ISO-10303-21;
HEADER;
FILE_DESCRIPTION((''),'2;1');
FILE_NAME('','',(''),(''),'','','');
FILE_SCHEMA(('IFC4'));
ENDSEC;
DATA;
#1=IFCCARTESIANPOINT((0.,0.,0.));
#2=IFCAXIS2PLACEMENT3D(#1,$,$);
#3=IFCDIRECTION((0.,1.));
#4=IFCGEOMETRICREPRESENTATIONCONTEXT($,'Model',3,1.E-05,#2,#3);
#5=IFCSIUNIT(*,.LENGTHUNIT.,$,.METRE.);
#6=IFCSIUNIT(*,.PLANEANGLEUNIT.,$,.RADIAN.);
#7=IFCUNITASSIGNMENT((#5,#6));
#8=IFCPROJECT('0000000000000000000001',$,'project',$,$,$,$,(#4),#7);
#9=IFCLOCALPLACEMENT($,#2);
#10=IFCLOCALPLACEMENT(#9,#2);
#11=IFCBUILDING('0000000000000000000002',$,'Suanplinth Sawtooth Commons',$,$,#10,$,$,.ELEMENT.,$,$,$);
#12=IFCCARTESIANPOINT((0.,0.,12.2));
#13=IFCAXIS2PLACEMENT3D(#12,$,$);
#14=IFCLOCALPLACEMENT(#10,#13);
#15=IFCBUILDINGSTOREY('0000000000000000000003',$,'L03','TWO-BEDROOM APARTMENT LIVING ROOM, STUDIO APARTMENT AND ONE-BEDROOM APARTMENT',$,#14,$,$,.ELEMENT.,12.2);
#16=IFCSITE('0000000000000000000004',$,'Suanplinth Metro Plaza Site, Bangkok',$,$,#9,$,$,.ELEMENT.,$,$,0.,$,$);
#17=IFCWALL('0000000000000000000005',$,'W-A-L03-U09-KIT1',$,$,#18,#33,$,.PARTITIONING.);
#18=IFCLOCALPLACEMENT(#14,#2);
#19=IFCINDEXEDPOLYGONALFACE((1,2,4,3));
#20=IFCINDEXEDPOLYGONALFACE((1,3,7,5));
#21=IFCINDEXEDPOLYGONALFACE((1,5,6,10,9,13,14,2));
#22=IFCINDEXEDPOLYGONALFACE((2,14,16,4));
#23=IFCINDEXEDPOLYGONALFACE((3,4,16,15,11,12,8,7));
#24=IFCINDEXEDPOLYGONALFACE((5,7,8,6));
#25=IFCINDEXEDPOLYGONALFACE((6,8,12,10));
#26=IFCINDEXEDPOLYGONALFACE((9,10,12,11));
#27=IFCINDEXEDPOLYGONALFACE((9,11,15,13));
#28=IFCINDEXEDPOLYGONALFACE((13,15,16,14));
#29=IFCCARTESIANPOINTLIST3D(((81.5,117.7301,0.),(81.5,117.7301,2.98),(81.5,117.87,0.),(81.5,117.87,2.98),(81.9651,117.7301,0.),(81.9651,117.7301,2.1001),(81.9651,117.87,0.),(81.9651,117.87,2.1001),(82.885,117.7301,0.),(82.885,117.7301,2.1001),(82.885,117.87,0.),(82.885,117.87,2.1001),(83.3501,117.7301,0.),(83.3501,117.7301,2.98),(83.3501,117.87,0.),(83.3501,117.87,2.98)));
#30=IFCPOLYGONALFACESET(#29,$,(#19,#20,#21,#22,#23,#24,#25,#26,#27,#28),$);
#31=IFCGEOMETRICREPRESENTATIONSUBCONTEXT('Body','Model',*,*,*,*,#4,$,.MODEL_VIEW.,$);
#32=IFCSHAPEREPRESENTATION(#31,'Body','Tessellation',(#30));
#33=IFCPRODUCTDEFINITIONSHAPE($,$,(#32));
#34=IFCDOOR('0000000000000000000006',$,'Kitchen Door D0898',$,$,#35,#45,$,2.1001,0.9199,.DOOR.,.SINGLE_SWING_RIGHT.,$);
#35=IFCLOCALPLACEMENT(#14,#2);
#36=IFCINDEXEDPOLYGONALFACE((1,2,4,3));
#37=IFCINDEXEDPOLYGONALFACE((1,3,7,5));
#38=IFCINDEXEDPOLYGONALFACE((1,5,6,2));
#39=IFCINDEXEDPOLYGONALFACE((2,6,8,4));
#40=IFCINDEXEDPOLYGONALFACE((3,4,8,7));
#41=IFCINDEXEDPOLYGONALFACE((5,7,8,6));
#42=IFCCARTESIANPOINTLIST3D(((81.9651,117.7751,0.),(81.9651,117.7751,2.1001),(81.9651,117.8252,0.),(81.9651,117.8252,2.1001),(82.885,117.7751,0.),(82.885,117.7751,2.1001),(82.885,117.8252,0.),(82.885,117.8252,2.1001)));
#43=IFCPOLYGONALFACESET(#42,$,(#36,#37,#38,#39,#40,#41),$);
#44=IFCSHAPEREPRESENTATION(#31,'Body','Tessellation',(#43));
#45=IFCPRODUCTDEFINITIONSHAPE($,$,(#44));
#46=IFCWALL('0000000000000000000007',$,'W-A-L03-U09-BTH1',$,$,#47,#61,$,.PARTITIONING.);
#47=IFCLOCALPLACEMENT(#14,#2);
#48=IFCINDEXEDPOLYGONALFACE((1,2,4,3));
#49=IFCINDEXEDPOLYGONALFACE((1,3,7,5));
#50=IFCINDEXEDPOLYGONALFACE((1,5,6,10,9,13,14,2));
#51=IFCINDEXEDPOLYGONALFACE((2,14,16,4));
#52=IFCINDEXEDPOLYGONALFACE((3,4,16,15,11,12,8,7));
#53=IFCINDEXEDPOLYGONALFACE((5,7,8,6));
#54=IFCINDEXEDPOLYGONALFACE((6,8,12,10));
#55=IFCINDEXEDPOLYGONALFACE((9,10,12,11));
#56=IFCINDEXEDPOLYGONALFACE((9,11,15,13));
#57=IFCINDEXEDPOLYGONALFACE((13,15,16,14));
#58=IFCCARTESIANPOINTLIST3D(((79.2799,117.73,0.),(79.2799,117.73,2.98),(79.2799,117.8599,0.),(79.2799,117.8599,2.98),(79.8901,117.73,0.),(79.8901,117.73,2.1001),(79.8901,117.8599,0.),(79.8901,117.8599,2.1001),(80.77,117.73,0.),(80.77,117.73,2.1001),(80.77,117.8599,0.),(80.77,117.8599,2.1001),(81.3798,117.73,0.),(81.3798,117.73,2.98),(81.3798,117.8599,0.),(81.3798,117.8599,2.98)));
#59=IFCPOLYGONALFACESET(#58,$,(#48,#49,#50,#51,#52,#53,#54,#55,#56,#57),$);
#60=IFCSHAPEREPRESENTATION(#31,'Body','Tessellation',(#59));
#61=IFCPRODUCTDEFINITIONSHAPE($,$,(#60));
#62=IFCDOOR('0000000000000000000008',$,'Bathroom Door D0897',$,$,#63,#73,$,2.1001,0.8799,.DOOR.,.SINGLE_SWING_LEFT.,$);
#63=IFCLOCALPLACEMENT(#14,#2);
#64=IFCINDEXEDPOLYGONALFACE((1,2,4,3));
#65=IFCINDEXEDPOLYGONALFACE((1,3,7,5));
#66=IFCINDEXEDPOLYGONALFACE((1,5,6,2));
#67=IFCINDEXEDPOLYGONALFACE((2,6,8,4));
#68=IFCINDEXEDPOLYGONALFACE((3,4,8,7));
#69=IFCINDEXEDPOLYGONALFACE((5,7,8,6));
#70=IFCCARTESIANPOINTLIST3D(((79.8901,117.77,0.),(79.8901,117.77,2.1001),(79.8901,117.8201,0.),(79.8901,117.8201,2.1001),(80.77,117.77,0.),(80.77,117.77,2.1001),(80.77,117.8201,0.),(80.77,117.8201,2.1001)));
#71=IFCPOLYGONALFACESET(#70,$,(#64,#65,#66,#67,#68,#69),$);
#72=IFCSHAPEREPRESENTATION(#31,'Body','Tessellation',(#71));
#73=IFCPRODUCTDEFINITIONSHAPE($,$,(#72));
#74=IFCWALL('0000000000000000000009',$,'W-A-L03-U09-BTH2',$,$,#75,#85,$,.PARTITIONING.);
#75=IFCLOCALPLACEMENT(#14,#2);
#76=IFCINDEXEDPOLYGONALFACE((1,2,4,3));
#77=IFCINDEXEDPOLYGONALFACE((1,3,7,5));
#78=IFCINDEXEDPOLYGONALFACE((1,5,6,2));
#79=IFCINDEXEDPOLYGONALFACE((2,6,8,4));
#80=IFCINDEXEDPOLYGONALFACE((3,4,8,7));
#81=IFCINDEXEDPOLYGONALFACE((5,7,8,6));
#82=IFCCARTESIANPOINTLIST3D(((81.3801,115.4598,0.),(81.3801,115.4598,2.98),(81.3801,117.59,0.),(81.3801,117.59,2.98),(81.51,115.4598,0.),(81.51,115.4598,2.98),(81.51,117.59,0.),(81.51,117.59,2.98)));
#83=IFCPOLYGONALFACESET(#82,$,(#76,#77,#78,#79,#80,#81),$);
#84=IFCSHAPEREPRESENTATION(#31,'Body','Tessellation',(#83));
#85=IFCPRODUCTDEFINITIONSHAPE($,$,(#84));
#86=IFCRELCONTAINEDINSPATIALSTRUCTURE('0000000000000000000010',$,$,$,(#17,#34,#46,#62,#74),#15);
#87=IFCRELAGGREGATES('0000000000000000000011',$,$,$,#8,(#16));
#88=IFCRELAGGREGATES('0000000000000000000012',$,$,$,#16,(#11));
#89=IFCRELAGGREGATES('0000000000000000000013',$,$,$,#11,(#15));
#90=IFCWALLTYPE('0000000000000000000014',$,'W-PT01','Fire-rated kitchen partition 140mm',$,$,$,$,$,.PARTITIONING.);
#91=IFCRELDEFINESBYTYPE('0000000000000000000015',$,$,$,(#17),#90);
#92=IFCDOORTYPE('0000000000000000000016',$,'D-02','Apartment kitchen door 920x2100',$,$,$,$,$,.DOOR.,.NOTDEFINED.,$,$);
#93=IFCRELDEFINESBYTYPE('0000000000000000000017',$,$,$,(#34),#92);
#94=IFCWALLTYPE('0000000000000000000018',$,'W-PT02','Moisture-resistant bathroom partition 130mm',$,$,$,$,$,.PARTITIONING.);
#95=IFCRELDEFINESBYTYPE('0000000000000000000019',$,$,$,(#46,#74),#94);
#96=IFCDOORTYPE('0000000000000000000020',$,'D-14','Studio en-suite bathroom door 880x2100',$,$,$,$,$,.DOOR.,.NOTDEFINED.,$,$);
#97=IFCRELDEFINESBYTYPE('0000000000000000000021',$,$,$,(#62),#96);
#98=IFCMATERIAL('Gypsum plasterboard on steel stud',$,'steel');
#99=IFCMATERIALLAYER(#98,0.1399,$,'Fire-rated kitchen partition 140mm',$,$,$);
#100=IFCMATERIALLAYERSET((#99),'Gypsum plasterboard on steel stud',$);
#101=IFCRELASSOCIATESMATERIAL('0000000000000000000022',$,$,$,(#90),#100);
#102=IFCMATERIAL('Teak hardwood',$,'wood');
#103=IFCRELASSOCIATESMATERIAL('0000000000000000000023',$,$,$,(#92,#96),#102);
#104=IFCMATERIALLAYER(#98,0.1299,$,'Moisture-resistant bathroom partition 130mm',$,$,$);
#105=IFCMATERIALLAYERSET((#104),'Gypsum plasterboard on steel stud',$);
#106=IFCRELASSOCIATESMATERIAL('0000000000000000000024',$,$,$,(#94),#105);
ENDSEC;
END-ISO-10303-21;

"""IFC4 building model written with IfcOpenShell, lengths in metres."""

from ifc_helpers import new_model, si_unit, direction, frame, frame_2d, origin, place, context, subcontext, project, spatial, rectangle, extrude, material, layer, layer_set, type_object, element, fill, save


model = new_model("IFC4")

# Units and contexts
model_context = context("Model", 3, precision=1e-05, world=origin(), true_north=direction((0.0, 1.0)))
body_context = subcontext(model_context, "Body", "Model", "MODEL_VIEW")
ifc_project = project(units=[si_unit("LENGTHUNIT", "METRE"), si_unit("PLANEANGLEUNIT", "RADIAN")], contexts=[model_context])

# Site, building, storey
site_placement = place(None, origin())
site = spatial("IfcSite", under=ifc_project, at=site_placement, Name="Suanplinth Metro Plaza Site, Bangkok", CompositionType="ELEMENT", RefElevation=0.0)
building_placement = place(site_placement, origin())
building = spatial("IfcBuilding", under=site, at=building_placement, Name="Suanplinth Sawtooth Commons", CompositionType="ELEMENT")
storey_placement = place(building_placement, frame((0.0, 0.0, 12.2)))
storey = spatial("IfcBuildingStorey", under=building, at=storey_placement, Name="L03", Description="TWO-BEDROOM APARTMENT LIVING ROOM, STUDIO APARTMENT AND ONE-BEDROOM APARTMENT", CompositionType="ELEMENT", Elevation=12.2)

# Shared definitions
ifc_material_1 = material(Name="Teak hardwood", Category="wood")

# Walls, openings, doors
ifc_material_2 = material(Name="Gypsum plasterboard on steel stud", Category="steel")
ifc_layer_1 = layer(ifc_material_2, 0.1399, Name="Fire-rated kitchen partition 140mm")
ifc_layer_set_1 = layer_set([ifc_layer_1], Name="Gypsum plasterboard on steel stud")
wall_type_1 = type_object("IfcWallType", Name="W-PT01", Description="Fire-rated kitchen partition 140mm", PredefinedType="PARTITIONING", material=ifc_layer_set_1)
wall_1_placement = place(storey_placement, frame((81.5, 117.8, 0.0), z_axis=(0.0, 0.0, 1.0), x_axis=(1.0, 0.0, 0.0)))
wall_1 = element("IfcWall", 1, at=wall_1_placement, inside=storey, type_object=wall_type_1, Name="W-A-L03-U09-KIT1", PredefinedType="PARTITIONING", context=body_context, shape_type="SweptSolid", body=[
    extrude(rectangle(XDim=1.8501, YDim=0.1399, at=frame_2d((0.925, 0.0))), origin(), (0.0, 0.0, 1.0), 2.98),
])
opening_1_placement = place(wall_1_placement, frame((0.4651, 0.0, 0.0)))
opening_1 = element("IfcOpeningElement", 2, at=opening_1_placement, cuts=wall_1, PredefinedType="OPENING", context=body_context, shape_type="SweptSolid", body=[
    extrude(rectangle(XDim=0.9199, YDim=2.1001, at=frame_2d((0.46, 1.05))), frame((0.0, 0.085, 0.0), z_axis=(0.0, -1.0, 0.0), x_axis=(1.0, 0.0, 0.0)), (0.0, 0.0, 1.0), 0.1697),
])
door_type_1 = type_object("IfcDoorType", Name="D-02", Description="Apartment kitchen door 920x2100", OperationType="NOTDEFINED", PredefinedType="DOOR", material=ifc_material_1)
door_1_placement = place(opening_1_placement, frame((0.9199, 0.0, 0.0), z_axis=(0.0, 0.0, 1.0), x_axis=(-1.0, 0.0, 0.0)))
door_1 = element("IfcDoor", 3, at=door_1_placement, inside=storey, type_object=door_type_1, Name="Kitchen Door D0898", OperationType="SINGLE_SWING_RIGHT", OverallHeight=2.1001, OverallWidth=0.9199, PredefinedType="DOOR", context=body_context, shape_type="SweptSolid", body=[
    extrude(rectangle(XDim=0.9199, YDim=2.1001, at=frame_2d((0.46, 1.05))), frame((0.0, 0.0249, 0.0), z_axis=(0.0, -1.0, 0.0), x_axis=(1.0, 0.0, 0.0)), (0.0, 0.0, 1.0), 0.05),
])
fill(opening_1, door_1)
ifc_layer_2 = layer(ifc_material_2, 0.1299, Name="Moisture-resistant bathroom partition 130mm")
ifc_layer_set_2 = layer_set([ifc_layer_2], Name="Gypsum plasterboard on steel stud")
wall_type_2 = type_object("IfcWallType", Name="W-PT02", Description="Moisture-resistant bathroom partition 130mm", PredefinedType="PARTITIONING", material=ifc_layer_set_2)
wall_2_placement = place(storey_placement, frame((79.28, 117.7949, 0.0), z_axis=(0.0, 0.0, 1.0), x_axis=(1.0, 0.0, 0.0)))
wall_2 = element("IfcWall", 4, at=wall_2_placement, inside=storey, type_object=wall_type_2, Name="W-A-L03-U09-BTH1", PredefinedType="PARTITIONING", context=body_context, shape_type="SweptSolid", body=[
    extrude(rectangle(XDim=2.0999, YDim=0.1299, at=frame_2d((1.0498, 0.0))), origin(), (0.0, 0.0, 1.0), 2.98),
])
opening_2_placement = place(wall_2_placement, frame((0.6101, 0.0, 0.0)))
opening_2 = element("IfcOpeningElement", 5, at=opening_2_placement, cuts=wall_2, PredefinedType="OPENING", context=body_context, shape_type="SweptSolid", body=[
    extrude(rectangle(XDim=0.8799, YDim=2.1001, at=frame_2d((0.4399, 1.05))), frame((0.0, 0.0798, 0.0), z_axis=(0.0, -1.0, 0.0), x_axis=(1.0, 0.0, 0.0)), (0.0, 0.0, 1.0), 0.1597),
])
door_type_2 = type_object("IfcDoorType", Name="D-14", Description="Studio en-suite bathroom door 880x2100", OperationType="NOTDEFINED", PredefinedType="DOOR", material=ifc_material_1)
door_2_placement = place(opening_2_placement, frame((0.8799, 0.0, 0.0), z_axis=(0.0, 0.0, 1.0), x_axis=(-1.0, 0.0, 0.0)))
door_2 = element("IfcDoor", 6, at=door_2_placement, inside=storey, type_object=door_type_2, Name="Bathroom Door D0897", OperationType="SINGLE_SWING_LEFT", OverallHeight=2.1001, OverallWidth=0.8799, PredefinedType="DOOR", context=body_context, shape_type="SweptSolid", body=[
    extrude(rectangle(XDim=0.8799, YDim=2.1001, at=frame_2d((0.4399, 1.05))), frame((0.0, 0.0249, 0.0), z_axis=(0.0, -1.0, 0.0), x_axis=(1.0, 0.0, 0.0)), (0.0, 0.0, 1.0), 0.05),
])
fill(opening_2, door_2)

# Wall
wall_3_placement = place(storey_placement, frame((81.4451, 115.46, 0.0), z_axis=(0.0, 0.0, 1.0), x_axis=(0.0, 1.0, 0.0)))
element("IfcWall", 7, at=wall_3_placement, inside=storey, type_object=wall_type_2, Name="W-A-L03-U09-BTH2", PredefinedType="PARTITIONING", context=body_context, shape_type="SweptSolid", body=[
    extrude(rectangle(XDim=2.1301, YDim=0.1299, at=frame_2d((1.0649, 0.0))), origin(), (0.0, 0.0, 1.0), 2.98),
])

save(model, "model.ifc")
